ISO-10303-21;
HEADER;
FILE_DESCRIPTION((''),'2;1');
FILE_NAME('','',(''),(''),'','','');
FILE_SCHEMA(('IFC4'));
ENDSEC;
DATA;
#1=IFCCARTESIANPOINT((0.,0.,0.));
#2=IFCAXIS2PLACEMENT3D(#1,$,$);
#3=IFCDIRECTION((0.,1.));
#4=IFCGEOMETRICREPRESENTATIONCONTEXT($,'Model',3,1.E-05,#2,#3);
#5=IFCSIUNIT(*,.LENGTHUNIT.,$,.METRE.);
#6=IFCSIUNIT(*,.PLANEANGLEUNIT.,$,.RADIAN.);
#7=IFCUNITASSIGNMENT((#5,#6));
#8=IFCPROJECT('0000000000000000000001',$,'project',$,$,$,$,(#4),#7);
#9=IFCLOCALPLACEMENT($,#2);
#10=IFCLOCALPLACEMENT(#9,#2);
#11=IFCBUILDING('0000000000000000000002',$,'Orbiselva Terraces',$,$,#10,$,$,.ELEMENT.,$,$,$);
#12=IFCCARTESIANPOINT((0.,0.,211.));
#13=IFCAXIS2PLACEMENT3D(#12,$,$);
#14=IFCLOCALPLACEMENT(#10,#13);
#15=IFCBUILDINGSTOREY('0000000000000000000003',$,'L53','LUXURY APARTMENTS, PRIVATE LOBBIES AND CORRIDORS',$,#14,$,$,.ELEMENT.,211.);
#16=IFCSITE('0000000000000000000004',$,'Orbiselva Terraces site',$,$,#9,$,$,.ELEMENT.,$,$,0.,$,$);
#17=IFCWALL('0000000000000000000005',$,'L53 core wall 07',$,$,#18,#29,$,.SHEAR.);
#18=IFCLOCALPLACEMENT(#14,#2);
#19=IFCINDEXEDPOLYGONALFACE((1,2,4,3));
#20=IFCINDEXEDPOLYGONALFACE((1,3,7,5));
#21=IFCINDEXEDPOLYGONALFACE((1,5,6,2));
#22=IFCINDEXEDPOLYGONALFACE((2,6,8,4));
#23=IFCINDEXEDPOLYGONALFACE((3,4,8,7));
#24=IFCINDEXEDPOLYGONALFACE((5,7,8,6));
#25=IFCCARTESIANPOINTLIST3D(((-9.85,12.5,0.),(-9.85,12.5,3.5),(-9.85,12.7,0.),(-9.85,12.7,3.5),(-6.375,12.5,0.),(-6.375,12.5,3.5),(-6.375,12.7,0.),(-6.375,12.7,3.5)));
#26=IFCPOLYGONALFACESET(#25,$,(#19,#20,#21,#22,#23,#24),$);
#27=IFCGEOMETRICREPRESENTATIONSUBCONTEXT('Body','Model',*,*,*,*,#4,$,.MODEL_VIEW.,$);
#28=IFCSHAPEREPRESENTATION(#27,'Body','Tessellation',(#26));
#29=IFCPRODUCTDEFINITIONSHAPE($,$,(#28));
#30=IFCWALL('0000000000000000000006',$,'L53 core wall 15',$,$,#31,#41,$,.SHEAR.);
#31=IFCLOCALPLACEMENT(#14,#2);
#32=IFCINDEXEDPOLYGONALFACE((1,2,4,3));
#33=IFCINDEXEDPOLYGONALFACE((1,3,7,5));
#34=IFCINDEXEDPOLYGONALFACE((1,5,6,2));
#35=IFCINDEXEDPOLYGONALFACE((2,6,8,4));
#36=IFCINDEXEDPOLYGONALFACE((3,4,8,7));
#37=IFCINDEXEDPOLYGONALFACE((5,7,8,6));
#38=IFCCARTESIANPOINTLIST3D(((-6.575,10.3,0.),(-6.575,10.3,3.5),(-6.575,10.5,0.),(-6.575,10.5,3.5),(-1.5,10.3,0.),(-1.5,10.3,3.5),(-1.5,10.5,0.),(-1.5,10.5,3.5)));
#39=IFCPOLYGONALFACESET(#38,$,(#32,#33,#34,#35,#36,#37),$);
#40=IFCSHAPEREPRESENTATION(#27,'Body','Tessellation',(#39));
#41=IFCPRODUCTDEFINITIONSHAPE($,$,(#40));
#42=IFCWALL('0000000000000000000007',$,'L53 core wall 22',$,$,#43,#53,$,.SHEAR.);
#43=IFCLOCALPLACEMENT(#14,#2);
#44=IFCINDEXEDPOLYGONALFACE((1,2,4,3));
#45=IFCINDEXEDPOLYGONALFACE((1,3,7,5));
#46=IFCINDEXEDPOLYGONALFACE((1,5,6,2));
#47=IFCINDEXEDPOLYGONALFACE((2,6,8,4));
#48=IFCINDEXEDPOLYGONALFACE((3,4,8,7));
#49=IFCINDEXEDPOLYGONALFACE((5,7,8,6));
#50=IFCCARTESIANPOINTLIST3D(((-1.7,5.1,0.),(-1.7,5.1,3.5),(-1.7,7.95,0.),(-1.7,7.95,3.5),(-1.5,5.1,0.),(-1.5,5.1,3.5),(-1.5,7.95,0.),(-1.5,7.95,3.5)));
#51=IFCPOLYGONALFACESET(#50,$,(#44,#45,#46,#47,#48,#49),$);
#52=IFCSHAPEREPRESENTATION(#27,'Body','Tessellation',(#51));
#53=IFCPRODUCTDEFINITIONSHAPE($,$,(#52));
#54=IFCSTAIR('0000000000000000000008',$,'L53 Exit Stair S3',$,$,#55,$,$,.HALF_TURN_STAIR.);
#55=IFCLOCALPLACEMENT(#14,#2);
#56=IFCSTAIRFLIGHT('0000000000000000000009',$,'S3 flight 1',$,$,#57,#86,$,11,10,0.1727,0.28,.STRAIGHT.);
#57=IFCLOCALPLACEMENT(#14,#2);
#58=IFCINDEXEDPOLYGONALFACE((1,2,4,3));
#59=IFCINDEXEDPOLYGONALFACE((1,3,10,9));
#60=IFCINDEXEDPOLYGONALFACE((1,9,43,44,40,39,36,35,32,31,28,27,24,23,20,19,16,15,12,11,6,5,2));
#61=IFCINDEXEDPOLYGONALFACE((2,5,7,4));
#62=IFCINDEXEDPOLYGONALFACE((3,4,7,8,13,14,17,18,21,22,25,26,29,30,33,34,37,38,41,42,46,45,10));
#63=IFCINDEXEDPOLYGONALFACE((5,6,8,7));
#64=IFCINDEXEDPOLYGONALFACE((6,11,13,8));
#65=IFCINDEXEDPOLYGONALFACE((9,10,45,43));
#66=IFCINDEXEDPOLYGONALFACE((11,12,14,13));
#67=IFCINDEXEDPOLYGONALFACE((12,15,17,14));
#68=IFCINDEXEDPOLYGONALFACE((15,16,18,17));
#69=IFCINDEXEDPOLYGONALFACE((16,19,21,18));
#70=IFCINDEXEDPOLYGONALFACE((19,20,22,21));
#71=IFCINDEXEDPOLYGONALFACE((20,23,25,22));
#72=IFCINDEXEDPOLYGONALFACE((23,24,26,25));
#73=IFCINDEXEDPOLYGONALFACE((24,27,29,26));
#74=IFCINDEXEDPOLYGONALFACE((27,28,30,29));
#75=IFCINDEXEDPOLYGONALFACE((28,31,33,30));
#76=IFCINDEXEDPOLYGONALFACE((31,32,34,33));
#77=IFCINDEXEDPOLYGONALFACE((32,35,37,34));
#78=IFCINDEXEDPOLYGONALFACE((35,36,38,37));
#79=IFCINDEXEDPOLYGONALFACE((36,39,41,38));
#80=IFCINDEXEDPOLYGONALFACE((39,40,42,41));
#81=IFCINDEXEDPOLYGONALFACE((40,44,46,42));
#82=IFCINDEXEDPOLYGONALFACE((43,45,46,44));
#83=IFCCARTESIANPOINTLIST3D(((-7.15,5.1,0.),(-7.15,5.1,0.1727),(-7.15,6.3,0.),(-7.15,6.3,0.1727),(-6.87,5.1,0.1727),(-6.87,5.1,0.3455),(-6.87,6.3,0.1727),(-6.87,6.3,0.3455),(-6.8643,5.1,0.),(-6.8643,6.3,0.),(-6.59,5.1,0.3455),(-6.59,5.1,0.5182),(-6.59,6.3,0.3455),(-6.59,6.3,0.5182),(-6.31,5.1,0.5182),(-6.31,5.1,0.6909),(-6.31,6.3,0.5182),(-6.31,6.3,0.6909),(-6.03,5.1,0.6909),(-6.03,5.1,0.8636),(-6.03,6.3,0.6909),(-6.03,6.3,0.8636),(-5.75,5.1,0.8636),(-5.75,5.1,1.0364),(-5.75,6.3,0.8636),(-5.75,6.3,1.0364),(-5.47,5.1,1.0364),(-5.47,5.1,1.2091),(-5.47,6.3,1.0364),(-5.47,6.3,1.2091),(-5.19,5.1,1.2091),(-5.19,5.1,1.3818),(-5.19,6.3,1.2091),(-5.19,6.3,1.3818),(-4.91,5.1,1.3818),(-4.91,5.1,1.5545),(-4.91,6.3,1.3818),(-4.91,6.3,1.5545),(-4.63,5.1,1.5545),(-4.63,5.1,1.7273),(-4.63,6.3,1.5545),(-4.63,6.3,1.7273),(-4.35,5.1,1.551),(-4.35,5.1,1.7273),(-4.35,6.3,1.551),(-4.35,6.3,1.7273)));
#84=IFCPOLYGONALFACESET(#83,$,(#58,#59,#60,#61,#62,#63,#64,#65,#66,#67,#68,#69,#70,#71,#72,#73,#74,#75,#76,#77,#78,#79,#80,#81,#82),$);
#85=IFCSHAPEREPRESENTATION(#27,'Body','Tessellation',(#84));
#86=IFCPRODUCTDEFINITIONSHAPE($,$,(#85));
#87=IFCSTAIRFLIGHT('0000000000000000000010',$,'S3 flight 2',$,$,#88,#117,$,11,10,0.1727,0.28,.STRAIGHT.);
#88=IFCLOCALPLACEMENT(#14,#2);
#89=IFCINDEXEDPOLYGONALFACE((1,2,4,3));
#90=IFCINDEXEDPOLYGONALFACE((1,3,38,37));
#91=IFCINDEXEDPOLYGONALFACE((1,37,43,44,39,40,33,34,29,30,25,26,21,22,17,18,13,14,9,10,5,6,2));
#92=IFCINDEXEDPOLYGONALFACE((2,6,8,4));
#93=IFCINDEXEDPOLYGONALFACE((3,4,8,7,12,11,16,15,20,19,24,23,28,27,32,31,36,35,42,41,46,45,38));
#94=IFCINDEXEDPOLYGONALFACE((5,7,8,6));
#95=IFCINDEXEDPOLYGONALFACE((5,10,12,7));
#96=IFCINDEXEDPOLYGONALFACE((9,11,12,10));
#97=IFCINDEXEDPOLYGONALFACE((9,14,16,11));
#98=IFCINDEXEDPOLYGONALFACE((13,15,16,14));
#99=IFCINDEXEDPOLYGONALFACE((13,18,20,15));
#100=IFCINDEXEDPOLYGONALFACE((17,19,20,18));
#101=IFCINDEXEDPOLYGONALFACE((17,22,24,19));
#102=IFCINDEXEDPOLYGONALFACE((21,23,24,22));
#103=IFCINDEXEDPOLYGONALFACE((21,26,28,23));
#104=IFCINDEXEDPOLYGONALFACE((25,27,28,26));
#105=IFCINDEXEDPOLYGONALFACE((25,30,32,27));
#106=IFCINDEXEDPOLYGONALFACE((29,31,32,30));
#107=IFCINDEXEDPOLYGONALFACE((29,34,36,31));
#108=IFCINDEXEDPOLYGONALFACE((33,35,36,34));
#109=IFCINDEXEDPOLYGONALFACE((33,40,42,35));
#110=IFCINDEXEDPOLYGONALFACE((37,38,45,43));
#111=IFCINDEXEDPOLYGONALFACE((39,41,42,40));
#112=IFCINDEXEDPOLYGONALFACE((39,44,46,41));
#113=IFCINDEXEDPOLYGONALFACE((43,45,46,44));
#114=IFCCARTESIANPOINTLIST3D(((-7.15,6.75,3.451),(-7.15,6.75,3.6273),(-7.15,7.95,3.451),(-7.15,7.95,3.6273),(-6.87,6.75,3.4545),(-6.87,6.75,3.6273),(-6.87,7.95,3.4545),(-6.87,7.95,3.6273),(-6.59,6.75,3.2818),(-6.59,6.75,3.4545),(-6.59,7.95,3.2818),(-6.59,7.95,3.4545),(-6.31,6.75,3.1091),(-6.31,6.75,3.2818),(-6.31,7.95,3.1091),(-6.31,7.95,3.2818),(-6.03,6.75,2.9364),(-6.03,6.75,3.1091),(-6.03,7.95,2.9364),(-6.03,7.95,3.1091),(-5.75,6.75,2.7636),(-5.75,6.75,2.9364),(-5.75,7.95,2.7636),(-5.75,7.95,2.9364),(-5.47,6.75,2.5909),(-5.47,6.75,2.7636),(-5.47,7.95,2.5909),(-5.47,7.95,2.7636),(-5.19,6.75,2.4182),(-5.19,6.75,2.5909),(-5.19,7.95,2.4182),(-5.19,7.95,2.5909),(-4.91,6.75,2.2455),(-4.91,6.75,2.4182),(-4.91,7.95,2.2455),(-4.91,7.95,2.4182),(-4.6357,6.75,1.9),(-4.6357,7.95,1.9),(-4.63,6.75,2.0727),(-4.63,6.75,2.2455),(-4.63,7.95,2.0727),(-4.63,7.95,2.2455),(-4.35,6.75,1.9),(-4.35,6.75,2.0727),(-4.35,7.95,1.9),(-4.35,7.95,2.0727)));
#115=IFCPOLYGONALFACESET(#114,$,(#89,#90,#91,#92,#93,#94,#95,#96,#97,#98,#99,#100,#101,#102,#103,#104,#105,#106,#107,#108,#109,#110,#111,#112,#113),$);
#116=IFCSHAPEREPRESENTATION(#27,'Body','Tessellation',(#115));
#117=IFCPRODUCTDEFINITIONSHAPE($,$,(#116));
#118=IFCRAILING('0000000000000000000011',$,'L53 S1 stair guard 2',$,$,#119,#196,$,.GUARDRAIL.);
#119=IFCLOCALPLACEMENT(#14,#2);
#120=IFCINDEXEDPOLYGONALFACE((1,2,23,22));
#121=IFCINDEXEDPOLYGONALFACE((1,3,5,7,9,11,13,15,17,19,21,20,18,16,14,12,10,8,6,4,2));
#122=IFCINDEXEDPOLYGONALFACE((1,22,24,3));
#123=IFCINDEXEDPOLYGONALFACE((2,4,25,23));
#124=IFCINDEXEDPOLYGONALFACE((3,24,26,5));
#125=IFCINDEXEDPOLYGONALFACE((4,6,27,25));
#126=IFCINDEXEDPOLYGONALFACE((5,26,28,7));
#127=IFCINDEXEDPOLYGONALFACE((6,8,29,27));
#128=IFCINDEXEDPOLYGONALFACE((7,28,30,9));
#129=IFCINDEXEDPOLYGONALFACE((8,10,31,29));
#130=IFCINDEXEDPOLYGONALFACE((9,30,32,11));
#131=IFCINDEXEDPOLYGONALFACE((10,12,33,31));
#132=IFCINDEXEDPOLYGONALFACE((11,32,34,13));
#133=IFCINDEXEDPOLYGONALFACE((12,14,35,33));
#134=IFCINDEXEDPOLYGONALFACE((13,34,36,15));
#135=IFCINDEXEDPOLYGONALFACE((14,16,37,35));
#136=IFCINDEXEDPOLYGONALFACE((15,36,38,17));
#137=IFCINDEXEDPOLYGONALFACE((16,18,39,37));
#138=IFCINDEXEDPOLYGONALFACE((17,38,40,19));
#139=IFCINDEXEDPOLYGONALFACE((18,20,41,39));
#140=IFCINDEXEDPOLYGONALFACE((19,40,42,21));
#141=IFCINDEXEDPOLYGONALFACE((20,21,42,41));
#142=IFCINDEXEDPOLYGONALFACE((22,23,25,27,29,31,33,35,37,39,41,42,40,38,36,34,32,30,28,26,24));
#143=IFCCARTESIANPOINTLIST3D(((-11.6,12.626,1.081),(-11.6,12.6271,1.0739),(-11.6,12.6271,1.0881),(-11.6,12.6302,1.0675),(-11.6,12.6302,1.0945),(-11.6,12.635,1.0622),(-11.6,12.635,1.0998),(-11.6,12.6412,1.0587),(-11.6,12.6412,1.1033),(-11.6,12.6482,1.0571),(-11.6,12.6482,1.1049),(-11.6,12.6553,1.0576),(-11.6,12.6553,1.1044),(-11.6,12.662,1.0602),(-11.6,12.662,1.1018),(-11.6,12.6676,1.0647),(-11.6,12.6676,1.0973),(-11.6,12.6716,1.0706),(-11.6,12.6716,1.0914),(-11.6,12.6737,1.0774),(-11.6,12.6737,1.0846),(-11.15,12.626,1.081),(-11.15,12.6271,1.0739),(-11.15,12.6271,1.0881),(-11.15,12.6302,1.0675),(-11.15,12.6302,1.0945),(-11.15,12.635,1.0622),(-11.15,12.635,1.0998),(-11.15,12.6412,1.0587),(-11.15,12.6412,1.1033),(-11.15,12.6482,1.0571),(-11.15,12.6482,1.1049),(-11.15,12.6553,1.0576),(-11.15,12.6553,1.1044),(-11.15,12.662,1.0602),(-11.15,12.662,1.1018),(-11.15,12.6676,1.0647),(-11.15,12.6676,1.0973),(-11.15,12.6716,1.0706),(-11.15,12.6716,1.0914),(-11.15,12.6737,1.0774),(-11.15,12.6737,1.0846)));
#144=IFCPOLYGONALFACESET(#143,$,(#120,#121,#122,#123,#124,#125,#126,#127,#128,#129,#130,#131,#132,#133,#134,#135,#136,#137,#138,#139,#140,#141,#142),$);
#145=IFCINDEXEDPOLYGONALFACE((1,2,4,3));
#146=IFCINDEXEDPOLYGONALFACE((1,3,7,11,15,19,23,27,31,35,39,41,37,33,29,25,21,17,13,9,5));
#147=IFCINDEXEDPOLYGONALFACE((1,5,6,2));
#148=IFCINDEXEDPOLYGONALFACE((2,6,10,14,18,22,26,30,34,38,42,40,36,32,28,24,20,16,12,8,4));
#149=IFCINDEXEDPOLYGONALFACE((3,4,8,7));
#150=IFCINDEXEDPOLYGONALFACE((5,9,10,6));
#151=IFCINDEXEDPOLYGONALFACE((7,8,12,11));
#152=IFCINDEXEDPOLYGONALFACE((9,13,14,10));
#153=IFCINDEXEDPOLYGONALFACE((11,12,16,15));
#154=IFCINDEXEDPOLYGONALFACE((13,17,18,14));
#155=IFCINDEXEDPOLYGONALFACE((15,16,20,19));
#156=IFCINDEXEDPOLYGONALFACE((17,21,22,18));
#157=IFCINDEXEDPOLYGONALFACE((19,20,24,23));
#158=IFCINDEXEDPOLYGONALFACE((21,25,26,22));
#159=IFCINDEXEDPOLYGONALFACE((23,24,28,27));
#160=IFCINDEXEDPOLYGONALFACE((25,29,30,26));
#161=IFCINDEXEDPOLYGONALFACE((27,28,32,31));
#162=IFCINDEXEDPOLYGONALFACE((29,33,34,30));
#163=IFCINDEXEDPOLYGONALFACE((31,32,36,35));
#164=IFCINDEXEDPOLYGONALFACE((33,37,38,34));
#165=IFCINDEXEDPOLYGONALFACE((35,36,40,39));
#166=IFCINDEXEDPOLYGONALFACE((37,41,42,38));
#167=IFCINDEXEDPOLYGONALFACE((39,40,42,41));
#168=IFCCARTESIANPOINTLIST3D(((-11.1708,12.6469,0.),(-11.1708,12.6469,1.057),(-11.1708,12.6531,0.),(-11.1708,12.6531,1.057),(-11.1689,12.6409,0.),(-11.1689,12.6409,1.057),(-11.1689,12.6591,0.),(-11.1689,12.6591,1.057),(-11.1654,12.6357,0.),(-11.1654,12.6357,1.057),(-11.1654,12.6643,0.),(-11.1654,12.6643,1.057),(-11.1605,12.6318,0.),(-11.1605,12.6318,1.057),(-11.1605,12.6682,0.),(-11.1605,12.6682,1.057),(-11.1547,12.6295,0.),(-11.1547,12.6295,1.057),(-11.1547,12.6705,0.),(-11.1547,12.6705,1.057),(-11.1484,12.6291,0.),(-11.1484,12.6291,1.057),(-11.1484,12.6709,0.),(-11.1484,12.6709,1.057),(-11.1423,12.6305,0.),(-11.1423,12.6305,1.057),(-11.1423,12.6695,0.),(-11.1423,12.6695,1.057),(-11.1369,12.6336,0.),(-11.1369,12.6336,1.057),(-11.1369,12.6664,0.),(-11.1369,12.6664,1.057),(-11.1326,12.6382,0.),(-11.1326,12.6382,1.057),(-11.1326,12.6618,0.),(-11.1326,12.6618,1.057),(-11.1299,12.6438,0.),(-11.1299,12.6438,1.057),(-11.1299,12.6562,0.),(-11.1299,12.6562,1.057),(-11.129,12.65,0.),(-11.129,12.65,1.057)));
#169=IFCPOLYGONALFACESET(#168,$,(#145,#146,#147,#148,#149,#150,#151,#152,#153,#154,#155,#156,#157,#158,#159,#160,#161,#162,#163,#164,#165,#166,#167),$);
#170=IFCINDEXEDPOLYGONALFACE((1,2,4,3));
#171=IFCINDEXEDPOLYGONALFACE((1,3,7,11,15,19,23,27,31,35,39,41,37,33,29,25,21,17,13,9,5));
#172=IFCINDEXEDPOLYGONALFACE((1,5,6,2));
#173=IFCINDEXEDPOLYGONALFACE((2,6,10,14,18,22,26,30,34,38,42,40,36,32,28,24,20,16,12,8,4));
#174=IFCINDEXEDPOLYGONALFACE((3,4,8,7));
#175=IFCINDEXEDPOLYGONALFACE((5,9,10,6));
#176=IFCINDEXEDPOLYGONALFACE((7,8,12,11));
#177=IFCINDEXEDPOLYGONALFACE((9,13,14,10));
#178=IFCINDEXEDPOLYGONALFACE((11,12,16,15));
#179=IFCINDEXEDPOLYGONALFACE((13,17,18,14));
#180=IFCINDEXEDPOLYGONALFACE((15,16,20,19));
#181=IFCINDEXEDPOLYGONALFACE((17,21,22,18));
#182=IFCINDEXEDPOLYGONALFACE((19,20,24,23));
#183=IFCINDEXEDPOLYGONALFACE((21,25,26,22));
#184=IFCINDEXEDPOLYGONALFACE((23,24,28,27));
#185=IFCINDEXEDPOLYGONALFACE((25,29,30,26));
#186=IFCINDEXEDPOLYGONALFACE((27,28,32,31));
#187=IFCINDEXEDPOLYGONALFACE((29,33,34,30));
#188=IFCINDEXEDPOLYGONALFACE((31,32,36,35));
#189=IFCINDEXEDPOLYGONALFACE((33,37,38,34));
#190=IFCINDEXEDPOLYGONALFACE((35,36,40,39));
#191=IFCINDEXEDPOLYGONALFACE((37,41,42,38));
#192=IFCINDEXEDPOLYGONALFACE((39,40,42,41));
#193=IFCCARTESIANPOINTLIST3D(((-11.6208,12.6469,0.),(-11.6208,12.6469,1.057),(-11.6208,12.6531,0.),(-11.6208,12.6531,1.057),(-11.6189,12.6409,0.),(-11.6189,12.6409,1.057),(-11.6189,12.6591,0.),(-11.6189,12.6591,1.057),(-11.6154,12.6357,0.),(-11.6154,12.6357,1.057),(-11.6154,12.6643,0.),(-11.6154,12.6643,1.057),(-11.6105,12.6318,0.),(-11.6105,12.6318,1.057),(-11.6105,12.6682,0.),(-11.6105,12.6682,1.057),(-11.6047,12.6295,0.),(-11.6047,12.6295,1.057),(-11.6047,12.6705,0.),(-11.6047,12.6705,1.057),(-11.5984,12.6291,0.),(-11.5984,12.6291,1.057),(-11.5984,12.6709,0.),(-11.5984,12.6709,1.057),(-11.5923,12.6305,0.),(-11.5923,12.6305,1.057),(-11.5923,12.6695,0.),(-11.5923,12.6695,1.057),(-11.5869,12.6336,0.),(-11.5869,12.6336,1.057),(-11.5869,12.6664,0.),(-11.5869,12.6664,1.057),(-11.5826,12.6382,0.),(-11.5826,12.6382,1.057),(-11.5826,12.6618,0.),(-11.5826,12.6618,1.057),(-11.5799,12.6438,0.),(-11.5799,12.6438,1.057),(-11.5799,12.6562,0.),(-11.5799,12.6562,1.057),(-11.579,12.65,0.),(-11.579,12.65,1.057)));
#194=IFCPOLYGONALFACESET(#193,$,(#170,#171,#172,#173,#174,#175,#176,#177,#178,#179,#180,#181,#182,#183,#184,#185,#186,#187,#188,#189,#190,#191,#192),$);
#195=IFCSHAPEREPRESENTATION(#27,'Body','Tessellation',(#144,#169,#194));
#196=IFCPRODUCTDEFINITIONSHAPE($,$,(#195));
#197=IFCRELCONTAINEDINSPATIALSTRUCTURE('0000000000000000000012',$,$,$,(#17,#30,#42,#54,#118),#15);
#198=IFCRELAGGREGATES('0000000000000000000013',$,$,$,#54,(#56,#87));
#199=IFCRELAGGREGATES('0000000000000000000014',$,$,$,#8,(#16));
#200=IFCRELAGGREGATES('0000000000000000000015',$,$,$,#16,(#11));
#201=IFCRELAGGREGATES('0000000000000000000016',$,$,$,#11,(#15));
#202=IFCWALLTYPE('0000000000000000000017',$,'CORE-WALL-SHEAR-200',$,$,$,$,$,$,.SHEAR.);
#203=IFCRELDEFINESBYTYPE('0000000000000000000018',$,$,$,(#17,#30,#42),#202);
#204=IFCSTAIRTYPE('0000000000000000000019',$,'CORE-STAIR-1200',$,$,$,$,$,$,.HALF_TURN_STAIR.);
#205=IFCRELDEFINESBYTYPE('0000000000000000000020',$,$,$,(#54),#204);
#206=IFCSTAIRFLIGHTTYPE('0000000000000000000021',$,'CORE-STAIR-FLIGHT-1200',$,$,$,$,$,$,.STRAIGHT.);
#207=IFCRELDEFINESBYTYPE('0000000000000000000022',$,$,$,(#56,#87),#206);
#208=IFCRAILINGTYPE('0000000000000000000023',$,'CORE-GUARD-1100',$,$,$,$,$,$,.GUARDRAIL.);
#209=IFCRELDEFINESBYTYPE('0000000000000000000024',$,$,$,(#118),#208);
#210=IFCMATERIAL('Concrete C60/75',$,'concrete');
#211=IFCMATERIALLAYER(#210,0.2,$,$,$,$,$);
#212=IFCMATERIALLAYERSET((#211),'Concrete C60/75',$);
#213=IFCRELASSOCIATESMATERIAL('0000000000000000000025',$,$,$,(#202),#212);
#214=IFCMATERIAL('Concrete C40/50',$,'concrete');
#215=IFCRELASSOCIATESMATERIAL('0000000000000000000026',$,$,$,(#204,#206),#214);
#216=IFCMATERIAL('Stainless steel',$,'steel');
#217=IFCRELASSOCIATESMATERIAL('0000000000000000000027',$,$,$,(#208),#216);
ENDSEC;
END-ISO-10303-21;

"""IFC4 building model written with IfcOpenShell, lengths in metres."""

from ifc_helpers import new_model, si_unit, direction, frame, frame_2d, origin, origin_2d, place, context, subcontext, project, spatial, polyline, rectangle, circle, outline, extrude, material, layer, layer_set, type_object, element, aggregate, save


model = new_model("IFC4")

# Units and contexts
model_context = context("Model", 3, precision=1e-05, world=origin(), true_north=direction((0.0, 1.0)))
body_context = subcontext(model_context, "Body", "Model", "MODEL_VIEW")
ifc_project = project(units=[si_unit("LENGTHUNIT", "METRE"), si_unit("PLANEANGLEUNIT", "RADIAN")], contexts=[model_context])

# Site, building, storey
site_placement = place(None, origin())
site = spatial("IfcSite", under=ifc_project, at=site_placement, Name="Orbiselva Terraces site", CompositionType="ELEMENT", RefElevation=0.0)
building_placement = place(site_placement, origin())
building = spatial("IfcBuilding", under=site, at=building_placement, Name="Orbiselva Terraces", CompositionType="ELEMENT")
storey_placement = place(building_placement, frame((0.0, 0.0, 211.0)))
storey = spatial("IfcBuildingStorey", under=building, at=storey_placement, Name="L53", Description="LUXURY APARTMENTS, PRIVATE LOBBIES AND CORRIDORS", CompositionType="ELEMENT", Elevation=211.0)

# Walls
ifc_material_1 = material(Name="Concrete C60/75", Category="concrete")
ifc_layer_1 = layer(ifc_material_1, 0.2)
ifc_layer_set_1 = layer_set([ifc_layer_1], Name="Concrete C60/75")
wall_type_1 = type_object("IfcWallType", Name="CORE-WALL-SHEAR-200", PredefinedType="SHEAR", material=ifc_layer_set_1)
wall_1_placement = place(storey_placement, frame((-9.85, 12.6, 0.0), z_axis=(0.0, 0.0, 1.0), x_axis=(1.0, 0.0, 0.0)))
element("IfcWall", 1, at=wall_1_placement, inside=storey, type_object=wall_type_1, Name="L53 core wall 07", PredefinedType="SHEAR", context=body_context, shape_type="SweptSolid", body=[
    extrude(rectangle(XDim=3.475, YDim=0.2, at=frame_2d((1.7375, 0.0))), origin(), (0.0, 0.0, 1.0), 3.5),
])
wall_2_placement = place(storey_placement, frame((-6.575, 10.4, 0.0), z_axis=(0.0, 0.0, 1.0), x_axis=(1.0, 0.0, 0.0)))
element("IfcWall", 2, at=wall_2_placement, inside=storey, type_object=wall_type_1, Name="L53 core wall 15", PredefinedType="SHEAR", context=body_context, shape_type="SweptSolid", body=[
    extrude(rectangle(XDim=5.075, YDim=0.2, at=frame_2d((2.5375, 0.0))), origin(), (0.0, 0.0, 1.0), 3.5),
])
wall_3_placement = place(storey_placement, frame((-1.6, 5.1, 0.0), z_axis=(0.0, 0.0, 1.0), x_axis=(0.0, 1.0, 0.0)))
element("IfcWall", 3, at=wall_3_placement, inside=storey, type_object=wall_type_1, Name="L53 core wall 22", PredefinedType="SHEAR", context=body_context, shape_type="SweptSolid", body=[
    extrude(rectangle(XDim=2.85, YDim=0.2, at=frame_2d((1.425, 0.0))), origin(), (0.0, 0.0, 1.0), 3.5),
])

# Stair, stair flights
ifc_material_2 = material(Name="Concrete C40/50", Category="concrete")
stair_type = type_object("IfcStairType", Name="CORE-STAIR-1200", PredefinedType="HALF_TURN_STAIR", material=ifc_material_2)
stair_placement = place(storey_placement, origin())
stair = element("IfcStair", 4, at=stair_placement, inside=storey, type_object=stair_type, Name="L53 Exit Stair S3", PredefinedType="HALF_TURN_STAIR")
stair_flight_type = type_object("IfcStairFlightType", Name="CORE-STAIR-FLIGHT-1200", PredefinedType="STRAIGHT", material=ifc_material_2)
stair_flight_1_placement = place(storey_placement, frame((-7.15, 5.7, 0.0), z_axis=(0.0, 0.0, 1.0), x_axis=(1.0, 0.0, 0.0)))
stair_flight_1 = element("IfcStairFlight", 5, at=stair_flight_1_placement, type_object=stair_flight_type, Name="S3 flight 1", NumberOfRisers=11, NumberOfTreads=10, PredefinedType="STRAIGHT", RiserHeight=0.1727, TreadLength=0.28, context=body_context, shape_type="SweptSolid", body=[
    extrude(outline(polyline([(0.0, 0.0), (0.0, 0.1727), (0.28, 0.1727), (0.28, 0.3455), (0.56, 0.3455), (0.56, 0.5182), (0.84, 0.5182), (0.84, 0.6909), (1.12, 0.6909), (1.12, 0.8636), (1.4, 0.8636), (1.4, 1.0364), (1.68, 1.0364), (1.68, 1.2091), (1.96, 1.2091), (1.96, 1.3818), (2.24, 1.3818), (2.24, 1.5545), (2.52, 1.5545), (2.52, 1.7273), (2.8, 1.7273), (2.8, 1.9), (2.8, 1.551), (0.2857, 0.0), (0.0, 0.0)])), frame((0.0, 0.6, 0.0), z_axis=(0.0, -1.0, 0.0), x_axis=(1.0, 0.0, 0.0)), (0.0, 0.0, 1.0), 1.2),
])
stair_flight_2_placement = place(storey_placement, frame((-4.35, 7.35, 1.9), z_axis=(0.0, 0.0, 1.0), x_axis=(-1.0, 0.0, 0.0)))
stair_flight_2 = element("IfcStairFlight", 6, at=stair_flight_2_placement, type_object=stair_flight_type, Name="S3 flight 2", NumberOfRisers=11, NumberOfTreads=10, PredefinedType="STRAIGHT", RiserHeight=0.1727, TreadLength=0.28, context=body_context, shape_type="SweptSolid", body=[
    extrude(outline(polyline([(0.0, 0.0), (0.0, 0.1727), (0.28, 0.1727), (0.28, 0.3455), (0.56, 0.3455), (0.56, 0.5182), (0.84, 0.5182), (0.84, 0.6909), (1.12, 0.6909), (1.12, 0.8636), (1.4, 0.8636), (1.4, 1.0364), (1.68, 1.0364), (1.68, 1.2091), (1.96, 1.2091), (1.96, 1.3818), (2.24, 1.3818), (2.24, 1.5545), (2.52, 1.5545), (2.52, 1.7273), (2.8, 1.7273), (2.8, 1.9), (2.8, 1.551), (0.2857, 0.0), (0.0, 0.0)])), frame((0.0, 0.6, 0.0), z_axis=(0.0, -1.0, 0.0), x_axis=(1.0, 0.0, 0.0)), (0.0, 0.0, 1.0), 1.2),
])
aggregate(stair, [stair_flight_1, stair_flight_2])

# Railing
ifc_material_3 = material(Name="Stainless steel", Category="steel")
railing_type_1 = type_object("IfcRailingType", Name="CORE-GUARD-1100", PredefinedType="GUARDRAIL", material=ifc_material_3)
railing_1_placement = place(storey_placement, frame((-11.15, 12.65, 0.0)))
element("IfcRailing", 7, at=railing_1_placement, inside=storey, type_object=railing_type_1, Name="L53 S1 stair guard 2", PredefinedType="GUARDRAIL", context=body_context, shape_type="SweptSolid", body=[
    extrude(circle(Radius=0.024, at=origin_2d()), frame((0.0, 0.0, 1.081), z_axis=(-1.0, 0.0, 0.0), x_axis=(0.0, -1.0, 0.0)), (0.0, 0.0, 1.0), 0.45),
    extrude(circle(Radius=0.021, at=origin_2d()), origin(), (0.0, 0.0, 1.0), 1.057),
    extrude(circle(Radius=0.021, at=origin_2d()), frame((-0.45, 0.0, 0.0)), (0.0, 0.0, 1.0), 1.057),
])

save(model, "model.ifc")
